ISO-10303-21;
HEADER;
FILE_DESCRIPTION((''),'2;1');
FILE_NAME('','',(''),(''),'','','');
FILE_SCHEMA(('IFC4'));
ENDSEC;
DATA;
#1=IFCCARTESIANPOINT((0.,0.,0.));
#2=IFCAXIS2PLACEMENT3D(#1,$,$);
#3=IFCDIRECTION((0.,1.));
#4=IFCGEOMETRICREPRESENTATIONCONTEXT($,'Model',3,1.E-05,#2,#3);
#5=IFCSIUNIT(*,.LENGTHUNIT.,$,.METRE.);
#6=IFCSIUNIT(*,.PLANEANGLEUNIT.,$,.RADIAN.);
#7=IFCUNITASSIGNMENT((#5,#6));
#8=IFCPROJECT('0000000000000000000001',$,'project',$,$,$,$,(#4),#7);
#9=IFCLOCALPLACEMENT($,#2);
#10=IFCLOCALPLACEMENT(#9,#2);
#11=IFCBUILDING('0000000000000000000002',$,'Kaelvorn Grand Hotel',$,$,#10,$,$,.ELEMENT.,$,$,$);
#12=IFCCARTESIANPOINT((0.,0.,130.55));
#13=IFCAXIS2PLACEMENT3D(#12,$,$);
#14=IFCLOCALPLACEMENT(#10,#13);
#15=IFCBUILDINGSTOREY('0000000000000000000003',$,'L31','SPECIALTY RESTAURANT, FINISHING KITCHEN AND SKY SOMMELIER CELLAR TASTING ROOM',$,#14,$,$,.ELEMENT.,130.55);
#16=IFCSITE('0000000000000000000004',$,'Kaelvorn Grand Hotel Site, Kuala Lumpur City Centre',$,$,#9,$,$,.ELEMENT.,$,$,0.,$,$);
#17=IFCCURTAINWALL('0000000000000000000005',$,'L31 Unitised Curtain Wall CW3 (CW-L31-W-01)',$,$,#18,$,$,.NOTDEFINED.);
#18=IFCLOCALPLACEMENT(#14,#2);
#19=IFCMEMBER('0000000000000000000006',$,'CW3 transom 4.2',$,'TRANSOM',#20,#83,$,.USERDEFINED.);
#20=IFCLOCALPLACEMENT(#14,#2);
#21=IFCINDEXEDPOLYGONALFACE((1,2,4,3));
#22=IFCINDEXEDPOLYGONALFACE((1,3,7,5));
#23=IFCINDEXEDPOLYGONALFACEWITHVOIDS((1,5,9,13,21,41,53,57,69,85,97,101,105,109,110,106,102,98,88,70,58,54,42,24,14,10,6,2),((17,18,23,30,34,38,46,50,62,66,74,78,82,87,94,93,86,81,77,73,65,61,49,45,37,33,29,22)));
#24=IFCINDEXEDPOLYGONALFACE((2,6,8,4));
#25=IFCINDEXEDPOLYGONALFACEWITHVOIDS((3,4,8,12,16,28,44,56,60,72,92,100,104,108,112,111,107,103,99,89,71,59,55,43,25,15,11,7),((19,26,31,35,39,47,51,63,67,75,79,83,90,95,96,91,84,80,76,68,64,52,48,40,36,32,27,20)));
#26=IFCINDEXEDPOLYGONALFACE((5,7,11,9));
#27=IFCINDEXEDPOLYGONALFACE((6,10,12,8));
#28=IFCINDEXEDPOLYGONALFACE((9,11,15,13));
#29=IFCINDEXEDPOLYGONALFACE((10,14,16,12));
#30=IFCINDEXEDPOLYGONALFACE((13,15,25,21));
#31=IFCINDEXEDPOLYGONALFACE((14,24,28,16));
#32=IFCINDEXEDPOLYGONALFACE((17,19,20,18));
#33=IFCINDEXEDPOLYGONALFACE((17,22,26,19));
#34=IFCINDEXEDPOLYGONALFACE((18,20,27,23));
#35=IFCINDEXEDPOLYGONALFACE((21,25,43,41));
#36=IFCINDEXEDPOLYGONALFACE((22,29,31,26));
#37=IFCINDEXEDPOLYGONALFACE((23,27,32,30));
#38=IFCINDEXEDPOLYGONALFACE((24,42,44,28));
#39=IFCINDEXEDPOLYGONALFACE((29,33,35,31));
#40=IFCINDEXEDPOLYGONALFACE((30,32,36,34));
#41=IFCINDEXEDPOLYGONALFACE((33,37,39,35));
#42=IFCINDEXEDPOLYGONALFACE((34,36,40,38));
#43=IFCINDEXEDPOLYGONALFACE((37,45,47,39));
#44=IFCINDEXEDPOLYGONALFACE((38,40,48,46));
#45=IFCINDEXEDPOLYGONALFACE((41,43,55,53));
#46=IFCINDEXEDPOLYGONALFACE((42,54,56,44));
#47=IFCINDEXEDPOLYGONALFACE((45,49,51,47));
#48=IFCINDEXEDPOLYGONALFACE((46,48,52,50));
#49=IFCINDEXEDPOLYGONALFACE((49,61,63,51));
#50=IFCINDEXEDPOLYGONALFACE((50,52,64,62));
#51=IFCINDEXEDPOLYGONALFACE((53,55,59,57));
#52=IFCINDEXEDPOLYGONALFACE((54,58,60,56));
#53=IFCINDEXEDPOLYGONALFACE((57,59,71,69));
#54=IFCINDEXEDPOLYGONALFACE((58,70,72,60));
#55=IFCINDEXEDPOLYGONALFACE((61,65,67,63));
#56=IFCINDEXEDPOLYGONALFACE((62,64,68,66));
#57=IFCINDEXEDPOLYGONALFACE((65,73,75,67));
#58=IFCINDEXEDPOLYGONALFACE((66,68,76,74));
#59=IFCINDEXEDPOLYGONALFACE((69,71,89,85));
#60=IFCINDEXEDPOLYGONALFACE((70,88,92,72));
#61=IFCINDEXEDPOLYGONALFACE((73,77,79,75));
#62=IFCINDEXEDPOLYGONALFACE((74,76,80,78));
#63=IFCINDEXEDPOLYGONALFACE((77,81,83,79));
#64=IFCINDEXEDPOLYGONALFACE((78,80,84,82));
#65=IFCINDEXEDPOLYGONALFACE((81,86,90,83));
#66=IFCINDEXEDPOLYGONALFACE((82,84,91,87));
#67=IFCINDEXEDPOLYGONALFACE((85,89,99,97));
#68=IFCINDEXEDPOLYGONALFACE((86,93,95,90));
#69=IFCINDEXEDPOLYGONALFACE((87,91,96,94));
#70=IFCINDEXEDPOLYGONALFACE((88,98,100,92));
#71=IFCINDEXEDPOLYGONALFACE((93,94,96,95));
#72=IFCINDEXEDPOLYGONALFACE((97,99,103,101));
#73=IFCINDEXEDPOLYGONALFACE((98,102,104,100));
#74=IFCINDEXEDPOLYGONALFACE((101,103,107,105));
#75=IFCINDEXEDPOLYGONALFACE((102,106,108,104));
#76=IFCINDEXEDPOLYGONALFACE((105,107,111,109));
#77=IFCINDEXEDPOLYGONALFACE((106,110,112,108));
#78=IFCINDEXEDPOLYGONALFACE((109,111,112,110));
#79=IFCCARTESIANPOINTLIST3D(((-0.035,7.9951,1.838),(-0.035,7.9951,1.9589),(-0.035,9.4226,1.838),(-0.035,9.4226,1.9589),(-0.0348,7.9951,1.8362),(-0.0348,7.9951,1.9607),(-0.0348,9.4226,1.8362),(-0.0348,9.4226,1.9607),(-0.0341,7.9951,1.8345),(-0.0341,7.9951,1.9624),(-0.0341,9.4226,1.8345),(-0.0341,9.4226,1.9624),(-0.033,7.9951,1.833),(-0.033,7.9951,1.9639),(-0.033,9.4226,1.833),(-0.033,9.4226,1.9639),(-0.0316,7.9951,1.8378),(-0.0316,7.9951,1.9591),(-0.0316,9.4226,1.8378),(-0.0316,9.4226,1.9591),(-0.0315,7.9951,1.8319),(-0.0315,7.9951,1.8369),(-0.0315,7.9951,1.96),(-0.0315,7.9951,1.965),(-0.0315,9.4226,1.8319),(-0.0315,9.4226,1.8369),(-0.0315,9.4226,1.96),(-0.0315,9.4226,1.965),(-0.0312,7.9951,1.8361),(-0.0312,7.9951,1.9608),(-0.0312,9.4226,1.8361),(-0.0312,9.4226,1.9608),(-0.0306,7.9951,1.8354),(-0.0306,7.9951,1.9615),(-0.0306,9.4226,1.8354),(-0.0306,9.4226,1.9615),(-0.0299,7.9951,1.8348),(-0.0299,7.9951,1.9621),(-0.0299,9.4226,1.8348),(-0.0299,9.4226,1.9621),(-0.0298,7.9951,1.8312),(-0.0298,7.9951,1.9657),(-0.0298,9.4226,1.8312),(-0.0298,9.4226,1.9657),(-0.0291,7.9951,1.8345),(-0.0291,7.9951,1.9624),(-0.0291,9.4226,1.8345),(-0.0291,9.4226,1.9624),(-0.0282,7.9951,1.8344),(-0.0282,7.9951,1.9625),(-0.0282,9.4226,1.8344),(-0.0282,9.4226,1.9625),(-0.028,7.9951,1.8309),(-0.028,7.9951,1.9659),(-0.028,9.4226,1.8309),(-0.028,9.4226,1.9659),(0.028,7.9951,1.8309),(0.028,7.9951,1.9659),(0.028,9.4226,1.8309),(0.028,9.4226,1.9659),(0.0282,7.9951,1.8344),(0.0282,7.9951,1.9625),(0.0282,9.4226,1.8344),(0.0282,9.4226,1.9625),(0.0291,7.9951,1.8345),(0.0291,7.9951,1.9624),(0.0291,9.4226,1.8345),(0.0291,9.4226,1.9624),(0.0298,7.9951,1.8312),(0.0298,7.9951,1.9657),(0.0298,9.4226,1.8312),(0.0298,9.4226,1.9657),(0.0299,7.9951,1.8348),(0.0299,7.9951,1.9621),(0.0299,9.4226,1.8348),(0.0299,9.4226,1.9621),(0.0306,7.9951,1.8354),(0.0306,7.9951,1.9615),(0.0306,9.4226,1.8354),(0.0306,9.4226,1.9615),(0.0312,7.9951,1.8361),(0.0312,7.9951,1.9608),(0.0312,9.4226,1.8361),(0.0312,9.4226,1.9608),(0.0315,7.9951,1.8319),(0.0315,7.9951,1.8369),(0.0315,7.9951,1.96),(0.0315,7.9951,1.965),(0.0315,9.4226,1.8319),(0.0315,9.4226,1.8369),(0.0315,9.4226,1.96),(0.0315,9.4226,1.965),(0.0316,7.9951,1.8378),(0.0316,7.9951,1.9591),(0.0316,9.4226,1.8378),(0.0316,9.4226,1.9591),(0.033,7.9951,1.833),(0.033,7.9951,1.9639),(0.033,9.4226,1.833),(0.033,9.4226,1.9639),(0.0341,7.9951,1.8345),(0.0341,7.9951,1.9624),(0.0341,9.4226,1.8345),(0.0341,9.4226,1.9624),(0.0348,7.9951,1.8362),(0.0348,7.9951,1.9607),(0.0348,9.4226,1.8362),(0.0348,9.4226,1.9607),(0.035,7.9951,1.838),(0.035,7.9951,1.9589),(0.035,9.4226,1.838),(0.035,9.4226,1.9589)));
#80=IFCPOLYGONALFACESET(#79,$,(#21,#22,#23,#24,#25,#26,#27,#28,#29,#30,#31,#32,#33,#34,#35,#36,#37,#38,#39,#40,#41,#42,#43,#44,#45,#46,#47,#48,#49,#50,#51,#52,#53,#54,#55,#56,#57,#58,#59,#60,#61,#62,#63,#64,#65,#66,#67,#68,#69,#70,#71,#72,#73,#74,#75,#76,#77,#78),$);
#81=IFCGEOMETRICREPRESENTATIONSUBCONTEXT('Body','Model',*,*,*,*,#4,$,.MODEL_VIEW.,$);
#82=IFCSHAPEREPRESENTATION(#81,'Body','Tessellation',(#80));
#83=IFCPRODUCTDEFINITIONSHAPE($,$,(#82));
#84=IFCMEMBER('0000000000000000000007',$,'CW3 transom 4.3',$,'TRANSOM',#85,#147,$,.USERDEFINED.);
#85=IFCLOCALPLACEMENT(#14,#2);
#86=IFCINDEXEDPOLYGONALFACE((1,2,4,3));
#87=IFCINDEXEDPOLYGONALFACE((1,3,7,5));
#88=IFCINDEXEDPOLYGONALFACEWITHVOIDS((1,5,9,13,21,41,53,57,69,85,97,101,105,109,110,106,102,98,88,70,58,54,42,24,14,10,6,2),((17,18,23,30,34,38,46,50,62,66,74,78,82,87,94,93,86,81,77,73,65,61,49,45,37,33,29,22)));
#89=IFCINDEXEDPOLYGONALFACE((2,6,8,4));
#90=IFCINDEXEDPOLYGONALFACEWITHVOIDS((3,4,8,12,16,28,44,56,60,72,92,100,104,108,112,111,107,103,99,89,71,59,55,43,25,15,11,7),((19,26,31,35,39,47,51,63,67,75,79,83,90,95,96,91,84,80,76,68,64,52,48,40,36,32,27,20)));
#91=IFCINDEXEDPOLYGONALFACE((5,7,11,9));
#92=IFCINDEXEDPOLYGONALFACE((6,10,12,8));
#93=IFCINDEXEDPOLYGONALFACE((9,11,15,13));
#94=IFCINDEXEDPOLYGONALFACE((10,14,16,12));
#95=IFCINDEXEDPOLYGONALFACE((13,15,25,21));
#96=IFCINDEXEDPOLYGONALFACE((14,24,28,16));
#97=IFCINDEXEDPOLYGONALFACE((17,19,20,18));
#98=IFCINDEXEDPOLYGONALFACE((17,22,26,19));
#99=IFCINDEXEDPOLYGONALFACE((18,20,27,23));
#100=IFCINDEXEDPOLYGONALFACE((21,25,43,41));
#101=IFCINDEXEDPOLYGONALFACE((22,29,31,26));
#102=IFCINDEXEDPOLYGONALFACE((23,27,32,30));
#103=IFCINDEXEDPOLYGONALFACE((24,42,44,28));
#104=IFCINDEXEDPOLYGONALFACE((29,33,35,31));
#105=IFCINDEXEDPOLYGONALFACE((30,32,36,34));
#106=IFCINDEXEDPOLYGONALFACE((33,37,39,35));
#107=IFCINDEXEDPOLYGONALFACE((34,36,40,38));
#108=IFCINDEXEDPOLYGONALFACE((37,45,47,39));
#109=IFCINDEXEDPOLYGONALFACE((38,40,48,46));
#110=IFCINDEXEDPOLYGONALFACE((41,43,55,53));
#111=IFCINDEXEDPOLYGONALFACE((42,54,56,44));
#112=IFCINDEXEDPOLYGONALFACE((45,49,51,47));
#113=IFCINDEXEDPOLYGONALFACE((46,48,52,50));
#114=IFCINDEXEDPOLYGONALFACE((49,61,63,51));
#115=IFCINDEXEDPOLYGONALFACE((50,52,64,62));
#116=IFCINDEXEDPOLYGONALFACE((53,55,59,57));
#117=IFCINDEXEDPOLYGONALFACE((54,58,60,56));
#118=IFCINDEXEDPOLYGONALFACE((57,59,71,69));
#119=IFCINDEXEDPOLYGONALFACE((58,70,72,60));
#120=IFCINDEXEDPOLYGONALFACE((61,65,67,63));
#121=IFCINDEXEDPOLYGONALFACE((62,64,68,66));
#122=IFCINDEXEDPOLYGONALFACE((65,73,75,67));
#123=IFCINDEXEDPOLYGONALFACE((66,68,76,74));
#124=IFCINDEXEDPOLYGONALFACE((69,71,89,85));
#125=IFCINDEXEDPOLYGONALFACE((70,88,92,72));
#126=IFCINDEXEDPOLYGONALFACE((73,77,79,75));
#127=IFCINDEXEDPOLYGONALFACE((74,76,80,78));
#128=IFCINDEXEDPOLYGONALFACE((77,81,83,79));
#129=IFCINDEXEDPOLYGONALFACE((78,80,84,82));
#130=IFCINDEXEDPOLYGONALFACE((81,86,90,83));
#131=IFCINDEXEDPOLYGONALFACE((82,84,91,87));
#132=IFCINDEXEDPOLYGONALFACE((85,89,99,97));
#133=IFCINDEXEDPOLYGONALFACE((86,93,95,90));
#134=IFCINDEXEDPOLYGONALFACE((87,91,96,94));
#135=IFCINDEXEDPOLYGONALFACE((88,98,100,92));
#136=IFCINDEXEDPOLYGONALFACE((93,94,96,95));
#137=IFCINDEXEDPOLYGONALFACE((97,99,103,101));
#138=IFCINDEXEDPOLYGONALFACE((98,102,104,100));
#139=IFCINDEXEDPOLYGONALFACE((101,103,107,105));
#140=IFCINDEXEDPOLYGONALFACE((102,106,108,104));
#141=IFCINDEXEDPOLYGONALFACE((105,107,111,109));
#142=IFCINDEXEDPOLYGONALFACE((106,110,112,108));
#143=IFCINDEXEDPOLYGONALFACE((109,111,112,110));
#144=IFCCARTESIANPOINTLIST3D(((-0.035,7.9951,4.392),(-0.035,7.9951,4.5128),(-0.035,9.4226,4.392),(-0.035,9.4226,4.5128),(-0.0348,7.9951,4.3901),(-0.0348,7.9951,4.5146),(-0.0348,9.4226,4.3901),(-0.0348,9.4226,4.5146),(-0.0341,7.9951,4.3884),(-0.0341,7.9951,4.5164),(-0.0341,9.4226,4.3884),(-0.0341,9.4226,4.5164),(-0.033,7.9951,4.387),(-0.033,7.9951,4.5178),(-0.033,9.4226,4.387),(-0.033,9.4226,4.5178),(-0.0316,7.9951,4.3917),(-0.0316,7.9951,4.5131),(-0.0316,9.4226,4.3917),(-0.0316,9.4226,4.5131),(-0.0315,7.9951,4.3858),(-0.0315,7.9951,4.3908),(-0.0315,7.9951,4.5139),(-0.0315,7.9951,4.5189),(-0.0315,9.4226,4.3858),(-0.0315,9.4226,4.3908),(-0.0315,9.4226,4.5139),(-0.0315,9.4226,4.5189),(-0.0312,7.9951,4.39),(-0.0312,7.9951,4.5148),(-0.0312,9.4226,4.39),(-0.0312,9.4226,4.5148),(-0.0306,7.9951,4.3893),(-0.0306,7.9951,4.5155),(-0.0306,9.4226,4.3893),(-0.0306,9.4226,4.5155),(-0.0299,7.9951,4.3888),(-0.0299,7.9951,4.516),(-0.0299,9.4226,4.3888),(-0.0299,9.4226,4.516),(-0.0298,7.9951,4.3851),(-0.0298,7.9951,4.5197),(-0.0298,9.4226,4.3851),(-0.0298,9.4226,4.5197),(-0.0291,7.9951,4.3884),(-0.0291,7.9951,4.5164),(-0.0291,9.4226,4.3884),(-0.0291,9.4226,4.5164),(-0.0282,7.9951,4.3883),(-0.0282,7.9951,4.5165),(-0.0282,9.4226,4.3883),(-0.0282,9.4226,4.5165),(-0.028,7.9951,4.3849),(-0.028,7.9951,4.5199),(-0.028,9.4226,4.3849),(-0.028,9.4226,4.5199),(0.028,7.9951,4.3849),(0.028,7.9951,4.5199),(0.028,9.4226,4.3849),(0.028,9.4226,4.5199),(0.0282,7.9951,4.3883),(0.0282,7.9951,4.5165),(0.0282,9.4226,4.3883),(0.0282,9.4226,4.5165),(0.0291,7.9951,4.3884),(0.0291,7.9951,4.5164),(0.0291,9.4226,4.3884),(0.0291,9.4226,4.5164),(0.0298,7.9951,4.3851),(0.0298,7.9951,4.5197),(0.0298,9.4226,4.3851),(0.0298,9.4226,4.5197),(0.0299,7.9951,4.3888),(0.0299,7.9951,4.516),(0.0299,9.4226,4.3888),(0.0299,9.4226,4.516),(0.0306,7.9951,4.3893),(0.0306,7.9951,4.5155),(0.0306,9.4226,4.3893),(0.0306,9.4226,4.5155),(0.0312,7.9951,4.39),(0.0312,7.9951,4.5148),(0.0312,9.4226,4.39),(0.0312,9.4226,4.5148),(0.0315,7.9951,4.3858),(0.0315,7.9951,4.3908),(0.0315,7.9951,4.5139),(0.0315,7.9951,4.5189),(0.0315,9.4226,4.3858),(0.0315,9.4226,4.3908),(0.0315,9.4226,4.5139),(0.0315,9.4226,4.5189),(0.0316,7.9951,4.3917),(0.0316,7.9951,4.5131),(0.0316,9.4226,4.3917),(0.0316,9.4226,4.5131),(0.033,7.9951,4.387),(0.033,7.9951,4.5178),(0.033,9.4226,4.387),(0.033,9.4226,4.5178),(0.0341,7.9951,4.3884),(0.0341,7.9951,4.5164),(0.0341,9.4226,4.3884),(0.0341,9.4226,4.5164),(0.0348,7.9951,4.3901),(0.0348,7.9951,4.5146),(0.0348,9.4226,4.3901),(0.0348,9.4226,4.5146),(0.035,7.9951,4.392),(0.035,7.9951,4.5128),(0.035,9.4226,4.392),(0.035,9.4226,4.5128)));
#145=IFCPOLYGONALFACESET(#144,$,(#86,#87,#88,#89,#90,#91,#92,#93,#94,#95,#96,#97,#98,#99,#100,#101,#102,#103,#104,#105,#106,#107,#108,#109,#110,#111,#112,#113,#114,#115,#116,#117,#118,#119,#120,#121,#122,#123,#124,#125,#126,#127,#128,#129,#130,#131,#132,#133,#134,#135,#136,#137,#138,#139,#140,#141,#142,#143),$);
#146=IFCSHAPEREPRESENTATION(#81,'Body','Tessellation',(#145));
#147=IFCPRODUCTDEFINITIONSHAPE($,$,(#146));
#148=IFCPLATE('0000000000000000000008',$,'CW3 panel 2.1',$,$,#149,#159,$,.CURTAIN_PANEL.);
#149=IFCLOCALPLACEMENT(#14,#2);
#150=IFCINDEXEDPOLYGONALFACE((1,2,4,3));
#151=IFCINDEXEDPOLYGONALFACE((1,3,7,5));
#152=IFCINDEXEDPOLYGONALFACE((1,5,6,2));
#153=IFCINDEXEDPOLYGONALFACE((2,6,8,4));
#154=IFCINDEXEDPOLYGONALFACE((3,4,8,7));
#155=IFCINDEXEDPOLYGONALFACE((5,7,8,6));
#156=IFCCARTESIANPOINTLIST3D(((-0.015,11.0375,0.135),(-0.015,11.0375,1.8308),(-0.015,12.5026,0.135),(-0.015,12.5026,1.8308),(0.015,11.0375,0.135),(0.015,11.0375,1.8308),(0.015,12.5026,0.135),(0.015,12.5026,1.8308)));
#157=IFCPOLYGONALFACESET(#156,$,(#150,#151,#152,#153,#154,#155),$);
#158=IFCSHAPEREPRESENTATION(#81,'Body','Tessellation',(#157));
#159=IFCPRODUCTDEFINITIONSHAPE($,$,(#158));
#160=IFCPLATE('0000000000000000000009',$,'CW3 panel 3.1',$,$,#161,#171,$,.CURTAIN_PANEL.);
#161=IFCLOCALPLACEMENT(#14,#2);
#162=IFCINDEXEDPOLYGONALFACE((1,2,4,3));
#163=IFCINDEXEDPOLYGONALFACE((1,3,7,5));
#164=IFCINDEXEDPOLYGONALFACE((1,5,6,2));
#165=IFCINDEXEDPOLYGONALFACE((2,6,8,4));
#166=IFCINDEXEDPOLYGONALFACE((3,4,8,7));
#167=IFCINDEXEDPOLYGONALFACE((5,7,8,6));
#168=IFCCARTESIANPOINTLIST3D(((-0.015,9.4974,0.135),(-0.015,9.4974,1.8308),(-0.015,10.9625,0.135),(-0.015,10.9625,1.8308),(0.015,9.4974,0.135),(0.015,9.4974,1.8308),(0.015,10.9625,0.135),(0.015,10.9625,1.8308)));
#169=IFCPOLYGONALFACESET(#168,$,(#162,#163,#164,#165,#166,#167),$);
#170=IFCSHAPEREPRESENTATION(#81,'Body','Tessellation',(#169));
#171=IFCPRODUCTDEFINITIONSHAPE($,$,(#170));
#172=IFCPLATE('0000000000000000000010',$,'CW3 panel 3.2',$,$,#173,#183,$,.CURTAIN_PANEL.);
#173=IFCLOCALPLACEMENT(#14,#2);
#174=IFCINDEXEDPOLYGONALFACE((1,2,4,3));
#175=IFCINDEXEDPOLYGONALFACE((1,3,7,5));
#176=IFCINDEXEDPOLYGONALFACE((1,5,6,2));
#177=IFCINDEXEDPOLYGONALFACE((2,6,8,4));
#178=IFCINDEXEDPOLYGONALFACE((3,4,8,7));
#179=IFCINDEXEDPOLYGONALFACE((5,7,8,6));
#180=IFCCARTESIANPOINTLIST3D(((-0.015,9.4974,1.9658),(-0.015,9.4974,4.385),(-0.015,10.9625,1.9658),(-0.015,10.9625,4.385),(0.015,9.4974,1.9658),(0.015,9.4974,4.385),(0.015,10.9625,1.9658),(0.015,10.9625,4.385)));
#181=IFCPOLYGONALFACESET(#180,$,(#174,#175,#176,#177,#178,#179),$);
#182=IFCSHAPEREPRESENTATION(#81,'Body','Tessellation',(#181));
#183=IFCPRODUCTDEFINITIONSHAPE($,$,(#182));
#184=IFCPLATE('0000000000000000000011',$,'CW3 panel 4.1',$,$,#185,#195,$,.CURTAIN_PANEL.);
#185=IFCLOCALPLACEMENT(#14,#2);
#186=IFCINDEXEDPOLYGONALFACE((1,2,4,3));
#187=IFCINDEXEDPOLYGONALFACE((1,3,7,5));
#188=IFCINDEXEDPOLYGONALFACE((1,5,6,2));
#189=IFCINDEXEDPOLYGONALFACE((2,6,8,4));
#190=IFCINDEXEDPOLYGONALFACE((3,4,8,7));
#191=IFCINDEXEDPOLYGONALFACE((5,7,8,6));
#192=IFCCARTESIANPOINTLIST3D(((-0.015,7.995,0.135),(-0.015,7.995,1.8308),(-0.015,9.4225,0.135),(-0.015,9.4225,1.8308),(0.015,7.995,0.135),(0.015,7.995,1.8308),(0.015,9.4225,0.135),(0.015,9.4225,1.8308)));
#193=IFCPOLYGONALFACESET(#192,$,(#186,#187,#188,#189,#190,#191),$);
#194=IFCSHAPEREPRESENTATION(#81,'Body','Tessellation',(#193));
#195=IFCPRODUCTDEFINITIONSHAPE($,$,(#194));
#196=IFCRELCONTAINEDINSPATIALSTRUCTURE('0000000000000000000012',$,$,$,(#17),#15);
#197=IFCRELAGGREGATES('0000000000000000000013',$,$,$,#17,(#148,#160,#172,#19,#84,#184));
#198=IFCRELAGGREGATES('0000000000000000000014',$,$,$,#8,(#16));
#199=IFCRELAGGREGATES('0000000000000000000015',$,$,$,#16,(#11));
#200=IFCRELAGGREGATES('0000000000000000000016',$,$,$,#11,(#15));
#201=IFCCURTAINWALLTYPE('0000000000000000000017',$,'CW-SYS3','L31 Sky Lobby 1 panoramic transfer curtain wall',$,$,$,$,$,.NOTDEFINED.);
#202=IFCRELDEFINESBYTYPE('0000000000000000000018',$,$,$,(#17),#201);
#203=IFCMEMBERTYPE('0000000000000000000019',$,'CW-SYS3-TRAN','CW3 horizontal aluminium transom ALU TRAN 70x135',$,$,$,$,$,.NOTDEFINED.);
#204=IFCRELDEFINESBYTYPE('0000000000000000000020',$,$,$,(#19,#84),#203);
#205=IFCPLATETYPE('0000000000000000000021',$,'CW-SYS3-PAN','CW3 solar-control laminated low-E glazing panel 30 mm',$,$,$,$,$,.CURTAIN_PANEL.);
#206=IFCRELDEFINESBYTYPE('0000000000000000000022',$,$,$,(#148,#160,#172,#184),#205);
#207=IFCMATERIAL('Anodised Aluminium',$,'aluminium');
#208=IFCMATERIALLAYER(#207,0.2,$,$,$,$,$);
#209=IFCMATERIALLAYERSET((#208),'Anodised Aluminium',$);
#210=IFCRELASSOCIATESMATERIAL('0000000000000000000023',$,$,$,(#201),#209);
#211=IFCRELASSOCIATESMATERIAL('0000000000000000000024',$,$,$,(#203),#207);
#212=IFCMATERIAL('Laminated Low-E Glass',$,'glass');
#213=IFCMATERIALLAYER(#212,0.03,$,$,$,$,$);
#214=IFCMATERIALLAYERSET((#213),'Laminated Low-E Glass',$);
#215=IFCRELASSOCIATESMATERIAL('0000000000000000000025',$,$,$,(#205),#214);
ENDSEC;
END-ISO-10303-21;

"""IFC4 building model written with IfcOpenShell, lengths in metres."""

from ifc_helpers import new_model, si_unit, direction, frame, origin, origin_2d, place, context, subcontext, project, spatial, rectangle, hollow_rectangle, extrude, material, layer, layer_set, material_profile, profile_set, type_object, element, aggregate, save


model = new_model("IFC4")

# Units and contexts
model_context = context("Model", 3, precision=1e-05, world=origin(), true_north=direction((0.0, 1.0)))
body_context = subcontext(model_context, "Body", "Model", "MODEL_VIEW")
ifc_project = project(units=[si_unit("LENGTHUNIT", "METRE"), si_unit("PLANEANGLEUNIT", "RADIAN")], contexts=[model_context])

# Site, building, storey
site_placement = place(None, origin())
site = spatial("IfcSite", under=ifc_project, at=site_placement, Name="Kaelvorn Grand Hotel Site, Kuala Lumpur City Centre", CompositionType="ELEMENT", RefElevation=0.0)
building_placement = place(site_placement, origin())
building = spatial("IfcBuilding", under=site, at=building_placement, Name="Kaelvorn Grand Hotel", CompositionType="ELEMENT")
storey_placement = place(building_placement, frame((0.0, 0.0, 130.55)))
storey = spatial("IfcBuildingStorey", under=building, at=storey_placement, Name="L31", Description="SPECIALTY RESTAURANT, FINISHING KITCHEN AND SKY SOMMELIER CELLAR TASTING ROOM", CompositionType="ELEMENT", Elevation=130.55)

# Curtain wall, members, plates
ifc_material_1 = material(Name="Anodised Aluminium", Category="aluminium")
ifc_layer_1 = layer(ifc_material_1, 0.2)
ifc_layer_set_1 = layer_set([ifc_layer_1], Name="Anodised Aluminium")
curtain_wall_type = type_object("IfcCurtainWallType", Name="CW-SYS3", Description="L31 Sky Lobby 1 panoramic transfer curtain wall", PredefinedType="NOTDEFINED", material=ifc_layer_set_1)
curtain_wall_placement = place(storey_placement, origin())
curtain_wall = element("IfcCurtainWall", 1, at=curtain_wall_placement, inside=storey, type_object=curtain_wall_type, Name="L31 Unitised Curtain Wall CW3 (CW-L31-W-01)", PredefinedType="NOTDEFINED")
ifc_material_profile_1 = material_profile(ifc_material_1, hollow_rectangle(XDim=0.0701, YDim=0.135, WallThickness=0.0034, InnerFilletRadius=0.0034, OuterFilletRadius=0.0071, at=origin_2d()), Name="ALU TRAN 70x135")
ifc_profile_set_1 = profile_set([ifc_material_profile_1], Name="Anodised Aluminium")
member_type_1 = type_object("IfcMemberType", Name="CW-SYS3-TRAN", Description="CW3 horizontal aluminium transom ALU TRAN 70x135", PredefinedType="NOTDEFINED", material=ifc_profile_set_1)
member_1_placement = place(storey_placement, frame((0.0, 9.4226, 1.8984), z_axis=(0.0, -1.0, 0.0), x_axis=(1.0, 0.0, 0.0)))
member_1 = element("IfcMember", 2, at=member_1_placement, type_object=member_type_1, Name="CW3 transom 4.2", ObjectType="TRANSOM", PredefinedType="USERDEFINED", context=body_context, shape_type="SweptSolid", body=[
    extrude(hollow_rectangle(XDim=0.0701, YDim=0.135, WallThickness=0.0034, InnerFilletRadius=0.0034, OuterFilletRadius=0.0071, at=origin_2d()), origin(), (0.0, 0.0, 1.0), 1.4275),
])
member_2_placement = place(storey_placement, frame((0.0, 9.4226, 4.4524), z_axis=(0.0, -1.0, 0.0), x_axis=(1.0, 0.0, 0.0)))
member_2 = element("IfcMember", 3, at=member_2_placement, type_object=member_type_1, Name="CW3 transom 4.3", ObjectType="TRANSOM", PredefinedType="USERDEFINED", context=body_context, shape_type="SweptSolid", body=[
    extrude(hollow_rectangle(XDim=0.0701, YDim=0.135, WallThickness=0.0034, InnerFilletRadius=0.0034, OuterFilletRadius=0.0071, at=origin_2d()), origin(), (0.0, 0.0, 1.0), 1.4275),
])
ifc_material_2 = material(Name="Laminated Low-E Glass", Category="glass")
ifc_layer_2 = layer(ifc_material_2, 0.03)
ifc_layer_set_2 = layer_set([ifc_layer_2], Name="Laminated Low-E Glass")
plate_type = type_object("IfcPlateType", Name="CW-SYS3-PAN", Description="CW3 solar-control laminated low-E glazing panel 30 mm", PredefinedType="CURTAIN_PANEL", material=ifc_layer_set_2)
plate_1_placement = place(storey_placement, frame((0.0, 11.77, 0.135), z_axis=(0.0, 0.0, 1.0), x_axis=(0.0, -1.0, 0.0)))
plate_1 = element("IfcPlate", 4, at=plate_1_placement, type_object=plate_type, Name="CW3 panel 2.1", PredefinedType="CURTAIN_PANEL", context=body_context, shape_type="SweptSolid", body=[
    extrude(rectangle(XDim=1.4651, YDim=0.03, at=origin_2d()), origin(), (0.0, 0.0, 1.0), 1.6958),
])
plate_2_placement = place(storey_placement, frame((0.0, 10.23, 0.135), z_axis=(0.0, 0.0, 1.0), x_axis=(0.0, -1.0, 0.0)))
plate_2 = element("IfcPlate", 5, at=plate_2_placement, type_object=plate_type, Name="CW3 panel 3.1", PredefinedType="CURTAIN_PANEL", context=body_context, shape_type="SweptSolid", body=[
    extrude(rectangle(XDim=1.4651, YDim=0.03, at=origin_2d()), origin(), (0.0, 0.0, 1.0), 1.6958),
])
plate_3_placement = place(storey_placement, frame((0.0, 10.23, 1.9658), z_axis=(0.0, 0.0, 1.0), x_axis=(0.0, -1.0, 0.0)))
plate_3 = element("IfcPlate", 6, at=plate_3_placement, type_object=plate_type, Name="CW3 panel 3.2", PredefinedType="CURTAIN_PANEL", context=body_context, shape_type="SweptSolid", body=[
    extrude(rectangle(XDim=1.4651, YDim=0.03, at=origin_2d()), origin(), (0.0, 0.0, 1.0), 2.4192),
])
plate_4_placement = place(storey_placement, frame((0.0, 8.7087, 0.135), z_axis=(0.0, 0.0, 1.0), x_axis=(0.0, -1.0, 0.0)))
plate_4 = element("IfcPlate", 7, at=plate_4_placement, type_object=plate_type, Name="CW3 panel 4.1", PredefinedType="CURTAIN_PANEL", context=body_context, shape_type="SweptSolid", body=[
    extrude(rectangle(XDim=1.4275, YDim=0.03, at=origin_2d()), origin(), (0.0, 0.0, 1.0), 1.6958),
])
aggregate(curtain_wall, [plate_1, plate_2, plate_3, member_1, member_2, plate_4])

save(model, "model.ifc")
